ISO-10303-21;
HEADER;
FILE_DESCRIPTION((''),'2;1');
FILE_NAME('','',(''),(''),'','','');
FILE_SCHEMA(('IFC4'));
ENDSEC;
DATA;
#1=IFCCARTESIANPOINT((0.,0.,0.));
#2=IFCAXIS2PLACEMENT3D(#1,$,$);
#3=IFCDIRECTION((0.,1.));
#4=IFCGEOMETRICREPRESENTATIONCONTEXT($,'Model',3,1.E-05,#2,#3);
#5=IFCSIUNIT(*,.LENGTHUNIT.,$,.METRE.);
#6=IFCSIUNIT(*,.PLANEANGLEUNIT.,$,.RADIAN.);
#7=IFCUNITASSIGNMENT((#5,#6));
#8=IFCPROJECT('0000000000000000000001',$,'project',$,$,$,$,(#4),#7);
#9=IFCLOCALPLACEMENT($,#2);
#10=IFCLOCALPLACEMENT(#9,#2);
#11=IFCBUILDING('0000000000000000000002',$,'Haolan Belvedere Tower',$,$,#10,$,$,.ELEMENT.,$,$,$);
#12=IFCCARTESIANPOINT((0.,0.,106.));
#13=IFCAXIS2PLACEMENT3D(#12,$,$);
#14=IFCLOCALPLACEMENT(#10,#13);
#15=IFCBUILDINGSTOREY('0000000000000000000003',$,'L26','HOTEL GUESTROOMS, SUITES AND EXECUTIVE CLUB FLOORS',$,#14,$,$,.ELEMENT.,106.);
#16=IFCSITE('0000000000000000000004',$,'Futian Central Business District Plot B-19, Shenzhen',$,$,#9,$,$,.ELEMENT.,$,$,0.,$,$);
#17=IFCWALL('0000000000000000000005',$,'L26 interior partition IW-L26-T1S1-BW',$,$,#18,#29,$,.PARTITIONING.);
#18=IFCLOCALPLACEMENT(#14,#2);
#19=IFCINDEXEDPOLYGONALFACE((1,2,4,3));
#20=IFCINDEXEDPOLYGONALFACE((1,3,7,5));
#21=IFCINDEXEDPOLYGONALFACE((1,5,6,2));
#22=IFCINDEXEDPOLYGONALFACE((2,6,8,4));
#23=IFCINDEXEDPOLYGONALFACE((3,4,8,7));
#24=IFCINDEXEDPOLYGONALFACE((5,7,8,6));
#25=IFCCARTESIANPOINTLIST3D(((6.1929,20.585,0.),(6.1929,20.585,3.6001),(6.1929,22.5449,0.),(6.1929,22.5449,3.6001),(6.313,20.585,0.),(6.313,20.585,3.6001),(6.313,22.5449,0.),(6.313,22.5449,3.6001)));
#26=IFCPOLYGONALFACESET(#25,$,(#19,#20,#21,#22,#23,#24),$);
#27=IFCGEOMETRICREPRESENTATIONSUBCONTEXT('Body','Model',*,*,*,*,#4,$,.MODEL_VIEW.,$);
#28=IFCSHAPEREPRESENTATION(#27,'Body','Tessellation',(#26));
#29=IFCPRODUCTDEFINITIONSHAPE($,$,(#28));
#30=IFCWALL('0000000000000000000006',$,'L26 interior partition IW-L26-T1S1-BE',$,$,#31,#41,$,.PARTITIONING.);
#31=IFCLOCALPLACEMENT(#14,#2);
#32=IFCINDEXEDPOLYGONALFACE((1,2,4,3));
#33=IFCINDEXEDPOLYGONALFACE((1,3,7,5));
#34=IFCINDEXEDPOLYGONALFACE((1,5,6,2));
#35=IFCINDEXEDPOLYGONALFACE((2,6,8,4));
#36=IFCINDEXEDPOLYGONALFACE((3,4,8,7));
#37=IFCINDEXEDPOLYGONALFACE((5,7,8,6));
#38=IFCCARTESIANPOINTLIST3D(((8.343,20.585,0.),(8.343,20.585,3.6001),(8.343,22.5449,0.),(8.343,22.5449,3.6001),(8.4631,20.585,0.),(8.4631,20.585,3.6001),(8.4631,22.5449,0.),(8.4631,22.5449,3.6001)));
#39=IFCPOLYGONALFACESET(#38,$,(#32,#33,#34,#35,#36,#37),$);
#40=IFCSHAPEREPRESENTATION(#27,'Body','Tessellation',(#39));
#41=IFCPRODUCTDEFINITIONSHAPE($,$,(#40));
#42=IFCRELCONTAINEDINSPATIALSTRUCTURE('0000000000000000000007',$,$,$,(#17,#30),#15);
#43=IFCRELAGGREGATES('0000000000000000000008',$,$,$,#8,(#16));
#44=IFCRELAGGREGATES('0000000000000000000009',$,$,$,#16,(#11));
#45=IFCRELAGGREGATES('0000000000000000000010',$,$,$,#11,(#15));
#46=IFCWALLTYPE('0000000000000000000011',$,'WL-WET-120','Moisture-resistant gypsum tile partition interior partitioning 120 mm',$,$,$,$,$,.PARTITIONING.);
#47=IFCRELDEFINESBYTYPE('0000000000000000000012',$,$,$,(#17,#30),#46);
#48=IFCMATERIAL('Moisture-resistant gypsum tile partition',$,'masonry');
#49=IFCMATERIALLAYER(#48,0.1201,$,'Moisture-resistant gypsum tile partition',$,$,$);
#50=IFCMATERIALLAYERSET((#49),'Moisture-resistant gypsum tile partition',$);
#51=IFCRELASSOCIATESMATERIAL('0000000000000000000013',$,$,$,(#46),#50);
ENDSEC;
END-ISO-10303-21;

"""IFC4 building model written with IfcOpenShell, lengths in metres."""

from ifc_helpers import new_model, si_unit, direction, frame, frame_2d, origin, place, context, subcontext, project, spatial, rectangle, extrude, material, layer, layer_set, type_object, element, save


model = new_model("IFC4")

# Units and contexts
model_context = context("Model", 3, precision=1e-05, world=origin(), true_north=direction((0.0, 1.0)))
body_context = subcontext(model_context, "Body", "Model", "MODEL_VIEW")
ifc_project = project(units=[si_unit("LENGTHUNIT", "METRE"), si_unit("PLANEANGLEUNIT", "RADIAN")], contexts=[model_context])

# Site, building, storey
site_placement = place(None, origin())
site = spatial("IfcSite", under=ifc_project, at=site_placement, Name="Futian Central Business District Plot B-19, Shenzhen", CompositionType="ELEMENT", RefElevation=0.0)
building_placement = place(site_placement, origin())
building = spatial("IfcBuilding", under=site, at=building_placement, Name="Haolan Belvedere Tower", CompositionType="ELEMENT")
storey_placement = place(building_placement, frame((0.0, 0.0, 106.0)))
storey = spatial("IfcBuildingStorey", under=building, at=storey_placement, Name="L26", Description="HOTEL GUESTROOMS, SUITES AND EXECUTIVE CLUB FLOORS", CompositionType="ELEMENT", Elevation=106.0)

# Shared definitions
ifc_material_1 = material(Name="Moisture-resistant gypsum tile partition", Category="masonry")
ifc_layer_1 = layer(ifc_material_1, 0.1201, Name="Moisture-resistant gypsum tile partition")
ifc_layer_set_1 = layer_set([ifc_layer_1], Name="Moisture-resistant gypsum tile partition")
wall_type_1 = type_object("IfcWallType", Name="WL-WET-120", Description="Moisture-resistant gypsum tile partition interior partitioning 120 mm", PredefinedType="PARTITIONING", material=ifc_layer_set_1)

# Walls
for number, where, z_axis, x_axis, name in (
    (1, (6.2529, 20.585, 0.0), (0.0, 0.0, 1.0), (0.0, 1.0, 0.0), "L26 interior partition IW-L26-T1S1-BW"),
    (2, (8.4031, 20.585, 0.0), (0.0, 0.0, 1.0), (0.0, 1.0, 0.0), "L26 interior partition IW-L26-T1S1-BE"),
):
    element("IfcWall", number, at=place(storey_placement, frame(where, z_axis=z_axis, x_axis=x_axis)), inside=storey, type_object=wall_type_1, Name=name, PredefinedType="PARTITIONING", context=body_context, shape_type="SweptSolid", body=[
        extrude(rectangle(XDim=1.96, YDim=0.1201, at=frame_2d((0.98, 0.0))), origin(), (0.0, 0.0, 1.0), 3.6001),
    ])

save(model, "model.ifc")
